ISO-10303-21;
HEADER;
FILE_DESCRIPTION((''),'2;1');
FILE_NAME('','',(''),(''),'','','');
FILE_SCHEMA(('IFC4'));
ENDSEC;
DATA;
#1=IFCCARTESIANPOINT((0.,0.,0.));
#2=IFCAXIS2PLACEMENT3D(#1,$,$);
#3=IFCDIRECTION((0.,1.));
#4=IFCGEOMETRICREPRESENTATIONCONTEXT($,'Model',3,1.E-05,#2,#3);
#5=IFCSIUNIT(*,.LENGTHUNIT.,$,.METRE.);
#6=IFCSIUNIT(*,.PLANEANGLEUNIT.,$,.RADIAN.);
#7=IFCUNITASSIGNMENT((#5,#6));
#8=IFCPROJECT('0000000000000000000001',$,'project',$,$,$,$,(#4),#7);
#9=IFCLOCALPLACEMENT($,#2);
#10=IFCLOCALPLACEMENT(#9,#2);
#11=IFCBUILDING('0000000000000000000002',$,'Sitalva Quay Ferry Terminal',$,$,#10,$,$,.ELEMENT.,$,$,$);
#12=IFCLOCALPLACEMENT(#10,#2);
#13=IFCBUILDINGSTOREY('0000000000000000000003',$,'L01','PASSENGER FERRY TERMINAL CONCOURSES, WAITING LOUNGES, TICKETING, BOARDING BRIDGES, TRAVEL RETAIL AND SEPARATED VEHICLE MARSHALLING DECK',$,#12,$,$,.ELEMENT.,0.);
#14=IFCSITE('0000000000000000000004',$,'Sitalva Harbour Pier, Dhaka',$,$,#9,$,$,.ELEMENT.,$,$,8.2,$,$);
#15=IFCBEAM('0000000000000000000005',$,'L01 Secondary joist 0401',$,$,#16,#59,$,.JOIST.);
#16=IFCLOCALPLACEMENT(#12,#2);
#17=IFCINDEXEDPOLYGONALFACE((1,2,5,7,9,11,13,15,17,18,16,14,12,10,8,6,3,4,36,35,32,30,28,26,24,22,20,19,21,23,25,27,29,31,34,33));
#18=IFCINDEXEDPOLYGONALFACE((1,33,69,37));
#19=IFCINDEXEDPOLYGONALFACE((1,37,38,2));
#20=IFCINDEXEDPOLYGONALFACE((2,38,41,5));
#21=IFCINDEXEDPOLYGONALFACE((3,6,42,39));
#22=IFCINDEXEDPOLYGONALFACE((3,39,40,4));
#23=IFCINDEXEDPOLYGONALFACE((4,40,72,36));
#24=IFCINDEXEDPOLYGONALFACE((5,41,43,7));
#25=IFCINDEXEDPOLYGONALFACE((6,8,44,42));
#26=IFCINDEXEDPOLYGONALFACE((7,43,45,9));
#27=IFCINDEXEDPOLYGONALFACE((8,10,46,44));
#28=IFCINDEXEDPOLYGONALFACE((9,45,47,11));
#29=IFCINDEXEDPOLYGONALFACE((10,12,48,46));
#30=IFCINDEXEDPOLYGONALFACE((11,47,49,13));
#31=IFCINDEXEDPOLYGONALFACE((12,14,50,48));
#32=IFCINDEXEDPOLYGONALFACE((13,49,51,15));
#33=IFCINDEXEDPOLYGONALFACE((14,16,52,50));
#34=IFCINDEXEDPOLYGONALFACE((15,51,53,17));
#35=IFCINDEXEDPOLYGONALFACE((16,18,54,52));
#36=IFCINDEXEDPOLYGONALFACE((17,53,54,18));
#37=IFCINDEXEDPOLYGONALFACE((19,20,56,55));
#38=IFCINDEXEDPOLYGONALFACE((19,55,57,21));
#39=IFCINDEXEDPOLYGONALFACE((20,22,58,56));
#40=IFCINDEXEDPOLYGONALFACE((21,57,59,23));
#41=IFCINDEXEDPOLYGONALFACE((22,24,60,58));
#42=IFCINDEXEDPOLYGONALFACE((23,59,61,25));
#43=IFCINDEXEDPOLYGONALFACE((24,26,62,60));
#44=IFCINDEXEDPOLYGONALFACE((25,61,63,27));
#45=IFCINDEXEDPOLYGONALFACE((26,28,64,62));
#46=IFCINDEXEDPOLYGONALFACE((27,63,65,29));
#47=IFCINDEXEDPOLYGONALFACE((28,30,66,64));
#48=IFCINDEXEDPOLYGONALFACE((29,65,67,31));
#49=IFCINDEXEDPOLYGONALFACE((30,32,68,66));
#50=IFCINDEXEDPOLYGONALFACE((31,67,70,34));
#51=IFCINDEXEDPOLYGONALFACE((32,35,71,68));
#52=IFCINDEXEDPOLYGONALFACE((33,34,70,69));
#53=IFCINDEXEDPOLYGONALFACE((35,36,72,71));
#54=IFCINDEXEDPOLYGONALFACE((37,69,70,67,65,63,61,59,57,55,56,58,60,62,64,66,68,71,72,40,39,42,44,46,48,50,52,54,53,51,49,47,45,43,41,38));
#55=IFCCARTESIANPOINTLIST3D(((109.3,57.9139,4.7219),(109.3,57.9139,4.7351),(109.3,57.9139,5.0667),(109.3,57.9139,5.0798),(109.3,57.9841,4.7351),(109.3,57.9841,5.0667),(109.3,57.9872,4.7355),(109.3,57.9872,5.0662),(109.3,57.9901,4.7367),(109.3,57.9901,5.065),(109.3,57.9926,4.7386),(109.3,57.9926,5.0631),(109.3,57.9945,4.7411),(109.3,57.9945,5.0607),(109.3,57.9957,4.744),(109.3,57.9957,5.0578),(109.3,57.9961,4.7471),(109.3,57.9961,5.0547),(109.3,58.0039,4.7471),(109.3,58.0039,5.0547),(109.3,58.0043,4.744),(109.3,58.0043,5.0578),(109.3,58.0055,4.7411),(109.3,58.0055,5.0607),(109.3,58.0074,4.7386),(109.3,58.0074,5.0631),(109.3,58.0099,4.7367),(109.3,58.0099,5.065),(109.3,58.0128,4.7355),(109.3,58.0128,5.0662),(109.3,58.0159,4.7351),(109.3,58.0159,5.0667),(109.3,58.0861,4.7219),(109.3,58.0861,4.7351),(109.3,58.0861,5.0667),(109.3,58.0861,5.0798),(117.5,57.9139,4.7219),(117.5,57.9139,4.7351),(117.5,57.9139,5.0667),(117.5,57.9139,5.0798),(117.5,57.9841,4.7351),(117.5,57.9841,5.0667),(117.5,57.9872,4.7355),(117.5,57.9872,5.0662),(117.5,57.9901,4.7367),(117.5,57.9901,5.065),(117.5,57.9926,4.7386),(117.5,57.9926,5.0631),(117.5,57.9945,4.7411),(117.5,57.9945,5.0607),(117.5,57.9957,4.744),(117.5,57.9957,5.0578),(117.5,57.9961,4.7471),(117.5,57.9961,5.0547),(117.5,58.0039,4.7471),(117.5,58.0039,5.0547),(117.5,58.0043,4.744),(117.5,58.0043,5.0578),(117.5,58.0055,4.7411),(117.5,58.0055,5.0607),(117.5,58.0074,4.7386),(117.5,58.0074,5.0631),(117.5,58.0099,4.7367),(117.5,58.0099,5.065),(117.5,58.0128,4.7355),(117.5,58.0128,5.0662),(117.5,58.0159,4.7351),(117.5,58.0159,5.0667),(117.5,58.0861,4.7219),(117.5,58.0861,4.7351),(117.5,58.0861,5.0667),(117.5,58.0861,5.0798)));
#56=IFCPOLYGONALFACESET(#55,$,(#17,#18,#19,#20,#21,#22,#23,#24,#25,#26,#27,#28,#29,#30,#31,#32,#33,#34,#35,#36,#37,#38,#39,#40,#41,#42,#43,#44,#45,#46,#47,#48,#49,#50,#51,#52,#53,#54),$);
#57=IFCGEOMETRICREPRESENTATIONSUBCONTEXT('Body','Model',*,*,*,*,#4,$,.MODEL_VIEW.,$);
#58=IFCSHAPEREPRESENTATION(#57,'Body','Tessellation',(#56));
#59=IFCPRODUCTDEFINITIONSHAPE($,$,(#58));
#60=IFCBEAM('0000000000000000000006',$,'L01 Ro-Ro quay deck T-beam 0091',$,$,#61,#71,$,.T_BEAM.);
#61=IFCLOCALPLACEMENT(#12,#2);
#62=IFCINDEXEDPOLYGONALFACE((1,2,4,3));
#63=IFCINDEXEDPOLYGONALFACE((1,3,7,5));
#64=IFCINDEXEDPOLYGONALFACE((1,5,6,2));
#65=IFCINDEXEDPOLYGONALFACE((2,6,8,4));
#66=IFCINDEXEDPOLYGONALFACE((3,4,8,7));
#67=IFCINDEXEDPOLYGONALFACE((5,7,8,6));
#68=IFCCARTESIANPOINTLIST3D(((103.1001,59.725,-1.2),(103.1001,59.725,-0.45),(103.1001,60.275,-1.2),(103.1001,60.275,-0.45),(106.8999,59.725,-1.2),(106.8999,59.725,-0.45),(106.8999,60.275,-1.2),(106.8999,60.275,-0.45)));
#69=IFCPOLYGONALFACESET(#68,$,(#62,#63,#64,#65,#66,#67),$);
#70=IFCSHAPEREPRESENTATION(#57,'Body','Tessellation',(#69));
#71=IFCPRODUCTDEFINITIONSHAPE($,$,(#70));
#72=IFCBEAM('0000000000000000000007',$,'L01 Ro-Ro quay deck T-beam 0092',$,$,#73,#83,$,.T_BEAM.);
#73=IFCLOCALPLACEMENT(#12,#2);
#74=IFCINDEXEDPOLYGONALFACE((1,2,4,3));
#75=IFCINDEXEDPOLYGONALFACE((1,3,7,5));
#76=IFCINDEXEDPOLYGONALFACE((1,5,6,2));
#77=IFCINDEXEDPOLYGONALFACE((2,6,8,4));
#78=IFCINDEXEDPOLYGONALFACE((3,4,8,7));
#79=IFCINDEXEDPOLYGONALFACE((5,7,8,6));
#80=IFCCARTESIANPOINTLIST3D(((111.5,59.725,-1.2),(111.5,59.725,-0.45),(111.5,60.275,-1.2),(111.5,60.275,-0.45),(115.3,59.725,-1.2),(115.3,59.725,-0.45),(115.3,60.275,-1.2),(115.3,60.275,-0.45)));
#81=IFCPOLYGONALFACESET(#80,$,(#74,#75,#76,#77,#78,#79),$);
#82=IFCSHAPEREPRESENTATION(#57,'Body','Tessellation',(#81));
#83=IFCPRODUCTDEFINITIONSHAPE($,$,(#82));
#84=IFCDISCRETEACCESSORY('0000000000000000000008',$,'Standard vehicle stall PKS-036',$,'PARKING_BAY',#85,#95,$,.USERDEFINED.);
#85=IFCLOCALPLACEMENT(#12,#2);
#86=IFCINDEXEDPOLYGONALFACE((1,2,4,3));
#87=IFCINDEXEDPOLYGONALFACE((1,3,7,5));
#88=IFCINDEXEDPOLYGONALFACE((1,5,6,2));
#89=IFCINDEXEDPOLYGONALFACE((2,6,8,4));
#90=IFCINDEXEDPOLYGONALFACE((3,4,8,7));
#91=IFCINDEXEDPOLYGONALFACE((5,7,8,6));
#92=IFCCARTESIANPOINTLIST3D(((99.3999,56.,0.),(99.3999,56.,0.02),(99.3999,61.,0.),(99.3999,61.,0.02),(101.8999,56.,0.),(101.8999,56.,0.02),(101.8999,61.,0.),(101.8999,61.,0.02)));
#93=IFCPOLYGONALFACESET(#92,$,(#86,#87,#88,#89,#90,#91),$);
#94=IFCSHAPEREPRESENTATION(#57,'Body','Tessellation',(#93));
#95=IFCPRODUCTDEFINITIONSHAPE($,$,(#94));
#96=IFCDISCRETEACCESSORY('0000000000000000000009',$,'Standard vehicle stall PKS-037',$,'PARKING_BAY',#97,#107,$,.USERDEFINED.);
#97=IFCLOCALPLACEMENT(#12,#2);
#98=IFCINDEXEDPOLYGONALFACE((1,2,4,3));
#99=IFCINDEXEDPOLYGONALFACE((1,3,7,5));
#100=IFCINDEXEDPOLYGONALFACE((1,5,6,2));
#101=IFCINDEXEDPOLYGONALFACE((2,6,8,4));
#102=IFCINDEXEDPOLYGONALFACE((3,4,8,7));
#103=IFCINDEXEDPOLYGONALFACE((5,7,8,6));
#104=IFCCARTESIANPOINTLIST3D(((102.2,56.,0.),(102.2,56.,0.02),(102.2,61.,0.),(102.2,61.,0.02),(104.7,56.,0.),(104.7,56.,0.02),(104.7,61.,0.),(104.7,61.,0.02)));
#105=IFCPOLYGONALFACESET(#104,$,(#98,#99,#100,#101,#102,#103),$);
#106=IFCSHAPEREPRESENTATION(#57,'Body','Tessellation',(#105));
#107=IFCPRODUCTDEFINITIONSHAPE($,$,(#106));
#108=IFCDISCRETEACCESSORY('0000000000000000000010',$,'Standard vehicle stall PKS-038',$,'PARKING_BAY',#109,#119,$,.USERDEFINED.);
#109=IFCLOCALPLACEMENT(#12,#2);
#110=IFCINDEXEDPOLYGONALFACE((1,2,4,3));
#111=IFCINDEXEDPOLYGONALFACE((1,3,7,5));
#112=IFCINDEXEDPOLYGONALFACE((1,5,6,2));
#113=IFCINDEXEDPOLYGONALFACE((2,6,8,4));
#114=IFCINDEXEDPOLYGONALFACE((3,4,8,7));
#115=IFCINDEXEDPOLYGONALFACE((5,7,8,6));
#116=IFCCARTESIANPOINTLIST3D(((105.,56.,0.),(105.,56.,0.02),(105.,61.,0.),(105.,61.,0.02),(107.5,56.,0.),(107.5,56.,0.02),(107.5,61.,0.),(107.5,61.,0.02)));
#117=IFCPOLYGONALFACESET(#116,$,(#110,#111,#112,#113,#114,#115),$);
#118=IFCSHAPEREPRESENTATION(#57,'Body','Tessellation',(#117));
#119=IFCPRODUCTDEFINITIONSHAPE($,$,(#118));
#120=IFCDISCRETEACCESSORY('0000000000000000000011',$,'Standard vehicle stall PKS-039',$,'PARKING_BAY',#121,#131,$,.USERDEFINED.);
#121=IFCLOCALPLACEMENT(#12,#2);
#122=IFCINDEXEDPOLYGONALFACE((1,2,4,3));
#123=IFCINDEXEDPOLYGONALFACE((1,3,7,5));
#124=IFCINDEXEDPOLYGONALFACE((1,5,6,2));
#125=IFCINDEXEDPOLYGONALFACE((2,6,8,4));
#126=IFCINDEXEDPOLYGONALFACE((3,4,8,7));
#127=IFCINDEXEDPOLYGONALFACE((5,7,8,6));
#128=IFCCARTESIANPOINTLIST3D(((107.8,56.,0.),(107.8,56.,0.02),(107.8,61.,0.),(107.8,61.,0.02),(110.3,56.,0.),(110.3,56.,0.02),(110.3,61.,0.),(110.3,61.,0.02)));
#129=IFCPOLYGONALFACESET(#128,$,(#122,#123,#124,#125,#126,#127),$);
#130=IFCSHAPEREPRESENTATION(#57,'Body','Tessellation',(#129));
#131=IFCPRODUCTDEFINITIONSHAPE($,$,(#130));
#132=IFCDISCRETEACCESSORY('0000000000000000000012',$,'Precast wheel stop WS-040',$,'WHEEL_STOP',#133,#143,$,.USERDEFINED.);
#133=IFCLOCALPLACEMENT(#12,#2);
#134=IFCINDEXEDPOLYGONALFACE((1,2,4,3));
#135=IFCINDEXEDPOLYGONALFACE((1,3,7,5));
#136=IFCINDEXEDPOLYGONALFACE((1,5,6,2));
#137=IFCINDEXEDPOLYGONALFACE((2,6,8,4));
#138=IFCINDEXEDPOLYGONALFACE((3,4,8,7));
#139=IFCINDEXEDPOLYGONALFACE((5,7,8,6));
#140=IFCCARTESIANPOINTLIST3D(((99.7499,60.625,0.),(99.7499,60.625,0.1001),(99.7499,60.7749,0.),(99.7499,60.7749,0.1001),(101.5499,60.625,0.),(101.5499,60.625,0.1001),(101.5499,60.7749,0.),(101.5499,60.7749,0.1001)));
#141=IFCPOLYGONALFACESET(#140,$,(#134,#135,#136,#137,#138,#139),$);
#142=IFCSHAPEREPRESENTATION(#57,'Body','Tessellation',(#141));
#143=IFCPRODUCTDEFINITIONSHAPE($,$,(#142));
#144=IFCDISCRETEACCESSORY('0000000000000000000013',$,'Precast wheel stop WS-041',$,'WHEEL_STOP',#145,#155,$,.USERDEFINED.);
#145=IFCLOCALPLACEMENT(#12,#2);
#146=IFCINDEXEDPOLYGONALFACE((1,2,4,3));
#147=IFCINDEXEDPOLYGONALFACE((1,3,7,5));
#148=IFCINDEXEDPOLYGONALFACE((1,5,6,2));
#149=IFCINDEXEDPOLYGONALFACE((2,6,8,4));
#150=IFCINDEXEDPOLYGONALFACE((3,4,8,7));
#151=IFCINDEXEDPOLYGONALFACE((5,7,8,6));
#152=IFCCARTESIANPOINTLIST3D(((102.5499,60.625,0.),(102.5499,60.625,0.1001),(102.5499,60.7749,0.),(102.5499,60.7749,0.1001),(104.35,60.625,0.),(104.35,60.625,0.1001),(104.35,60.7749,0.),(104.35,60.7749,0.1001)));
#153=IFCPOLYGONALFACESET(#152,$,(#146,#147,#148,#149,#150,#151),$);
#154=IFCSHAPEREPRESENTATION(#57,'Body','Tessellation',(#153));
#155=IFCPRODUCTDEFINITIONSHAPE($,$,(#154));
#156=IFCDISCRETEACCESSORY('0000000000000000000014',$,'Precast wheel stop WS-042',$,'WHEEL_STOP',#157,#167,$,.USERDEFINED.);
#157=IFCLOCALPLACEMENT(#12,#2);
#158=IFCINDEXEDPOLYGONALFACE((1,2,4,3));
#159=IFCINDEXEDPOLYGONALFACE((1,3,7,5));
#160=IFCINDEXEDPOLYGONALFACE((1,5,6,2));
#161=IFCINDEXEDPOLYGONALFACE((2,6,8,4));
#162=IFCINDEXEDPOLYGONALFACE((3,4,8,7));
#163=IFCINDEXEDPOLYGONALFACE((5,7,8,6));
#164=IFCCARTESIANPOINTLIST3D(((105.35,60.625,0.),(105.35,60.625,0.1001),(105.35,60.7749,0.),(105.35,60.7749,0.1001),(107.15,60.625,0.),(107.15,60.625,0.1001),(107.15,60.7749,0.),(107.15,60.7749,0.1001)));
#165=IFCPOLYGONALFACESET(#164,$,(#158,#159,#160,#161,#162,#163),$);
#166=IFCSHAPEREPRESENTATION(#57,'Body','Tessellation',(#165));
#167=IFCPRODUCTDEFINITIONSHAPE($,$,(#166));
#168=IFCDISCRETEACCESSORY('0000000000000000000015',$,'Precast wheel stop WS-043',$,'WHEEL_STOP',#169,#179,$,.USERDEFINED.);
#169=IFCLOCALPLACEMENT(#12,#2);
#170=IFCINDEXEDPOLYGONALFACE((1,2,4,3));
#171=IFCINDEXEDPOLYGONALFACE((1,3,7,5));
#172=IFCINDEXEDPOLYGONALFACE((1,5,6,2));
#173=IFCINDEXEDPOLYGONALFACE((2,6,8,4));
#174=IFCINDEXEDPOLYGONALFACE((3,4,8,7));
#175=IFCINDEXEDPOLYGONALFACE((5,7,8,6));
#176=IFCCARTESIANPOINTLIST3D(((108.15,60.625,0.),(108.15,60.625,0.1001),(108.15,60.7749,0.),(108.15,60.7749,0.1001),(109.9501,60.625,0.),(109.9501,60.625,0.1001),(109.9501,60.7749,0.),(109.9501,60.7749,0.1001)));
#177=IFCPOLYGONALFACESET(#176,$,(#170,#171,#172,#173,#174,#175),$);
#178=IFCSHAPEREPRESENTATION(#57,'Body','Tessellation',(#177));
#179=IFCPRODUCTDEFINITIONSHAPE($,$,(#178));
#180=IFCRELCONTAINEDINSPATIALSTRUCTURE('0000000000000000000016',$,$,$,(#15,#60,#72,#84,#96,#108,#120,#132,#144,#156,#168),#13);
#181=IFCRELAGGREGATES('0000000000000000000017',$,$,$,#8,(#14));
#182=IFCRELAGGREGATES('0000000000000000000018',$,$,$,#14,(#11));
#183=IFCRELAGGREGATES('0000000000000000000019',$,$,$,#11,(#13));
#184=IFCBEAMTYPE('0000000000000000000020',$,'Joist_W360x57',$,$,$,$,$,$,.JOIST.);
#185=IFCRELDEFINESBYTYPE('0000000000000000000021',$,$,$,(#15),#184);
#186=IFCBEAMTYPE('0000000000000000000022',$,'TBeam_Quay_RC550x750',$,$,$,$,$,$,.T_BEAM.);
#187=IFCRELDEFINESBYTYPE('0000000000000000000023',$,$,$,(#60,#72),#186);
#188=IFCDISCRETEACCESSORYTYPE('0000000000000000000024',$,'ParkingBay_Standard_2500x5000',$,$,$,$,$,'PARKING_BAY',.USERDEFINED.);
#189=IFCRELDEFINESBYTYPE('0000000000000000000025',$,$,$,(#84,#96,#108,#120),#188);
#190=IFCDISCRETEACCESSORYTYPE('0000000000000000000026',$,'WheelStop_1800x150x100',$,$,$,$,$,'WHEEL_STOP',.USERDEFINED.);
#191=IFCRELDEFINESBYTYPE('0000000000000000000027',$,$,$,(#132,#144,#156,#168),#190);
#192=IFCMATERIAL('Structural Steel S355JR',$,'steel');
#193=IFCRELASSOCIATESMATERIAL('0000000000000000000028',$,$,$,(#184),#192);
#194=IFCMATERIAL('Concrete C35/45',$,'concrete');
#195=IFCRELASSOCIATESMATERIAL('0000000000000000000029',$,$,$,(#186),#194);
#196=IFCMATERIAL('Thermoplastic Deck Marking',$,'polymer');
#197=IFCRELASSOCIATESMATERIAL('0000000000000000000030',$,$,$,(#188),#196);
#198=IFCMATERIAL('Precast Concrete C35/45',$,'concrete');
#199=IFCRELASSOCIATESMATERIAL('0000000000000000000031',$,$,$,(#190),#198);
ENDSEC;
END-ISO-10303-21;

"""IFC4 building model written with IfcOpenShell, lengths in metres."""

from ifc_helpers import new_model, si_unit, direction, frame, origin, origin_2d, place, context, subcontext, project, spatial, rectangle, i_section, extrude, material, material_profile, profile_set, type_object, element, save


model = new_model("IFC4")

# Units and contexts
model_context = context("Model", 3, precision=1e-05, world=origin(), true_north=direction((0.0, 1.0)))
body_context = subcontext(model_context, "Body", "Model", "MODEL_VIEW")
ifc_project = project(units=[si_unit("LENGTHUNIT", "METRE"), si_unit("PLANEANGLEUNIT", "RADIAN")], contexts=[model_context])

# Site, building, storey
site_placement = place(None, origin())
site = spatial("IfcSite", under=ifc_project, at=site_placement, Name="Sitalva Harbour Pier, Dhaka", CompositionType="ELEMENT", RefElevation=8.2)
building_placement = place(site_placement, origin())
building = spatial("IfcBuilding", under=site, at=building_placement, Name="Sitalva Quay Ferry Terminal", CompositionType="ELEMENT")
storey_placement = place(building_placement, origin())
storey = spatial("IfcBuildingStorey", under=building, at=storey_placement, Name="L01", Description="PASSENGER FERRY TERMINAL CONCOURSES, WAITING LOUNGES, TICKETING, BOARDING BRIDGES, TRAVEL RETAIL AND SEPARATED VEHICLE MARSHALLING DECK", CompositionType="ELEMENT", Elevation=0.0)

# Beams
ifc_material_1 = material(Name="Structural Steel S355JR", Category="steel")
ifc_material_profile_1 = material_profile(ifc_material_1, i_section(OverallWidth=0.1721, OverallDepth=0.3579, WebThickness=0.0078, FlangeThickness=0.0132, FilletRadius=0.012, at=origin_2d()), Name="W360x57")
ifc_profile_set_1 = profile_set([ifc_material_profile_1], Name="Structural Steel S355JR")
beam_type_1 = type_object("IfcBeamType", Name="Joist_W360x57", PredefinedType="JOIST", material=ifc_profile_set_1)
beam_1_placement = place(storey_placement, frame((109.3, 58.0, 4.9009), z_axis=(1.0, 0.0, 0.0), x_axis=(0.0, 1.0, 0.0)))
element("IfcBeam", 1, at=beam_1_placement, inside=storey, type_object=beam_type_1, Name="L01 Secondary joist 0401", PredefinedType="JOIST", context=body_context, shape_type="SweptSolid", body=[
    extrude(i_section(OverallWidth=0.1721, OverallDepth=0.3579, WebThickness=0.0078, FlangeThickness=0.0132, FilletRadius=0.012, at=origin_2d()), origin(), (0.0, 0.0, 1.0), 8.2),
])
ifc_material_2 = material(Name="Concrete C35/45", Category="concrete")
ifc_material_profile_2 = material_profile(ifc_material_2, rectangle(XDim=0.55, YDim=0.75, at=origin_2d()), Name="RC550x750")
ifc_profile_set_2 = profile_set([ifc_material_profile_2], Name="Concrete C35/45")
beam_type_2 = type_object("IfcBeamType", Name="TBeam_Quay_RC550x750", PredefinedType="T_BEAM", material=ifc_profile_set_2)
beam_2_placement = place(storey_placement, frame((103.1001, 60.0, -0.825), z_axis=(1.0, 0.0, 0.0), x_axis=(0.0, 1.0, 0.0)))
element("IfcBeam", 2, at=beam_2_placement, inside=storey, type_object=beam_type_2, Name="L01 Ro-Ro quay deck T-beam 0091", PredefinedType="T_BEAM", context=body_context, shape_type="SweptSolid", body=[
    extrude(rectangle(XDim=0.55, YDim=0.75, at=origin_2d()), origin(), (0.0, 0.0, 1.0), 3.7998),
])
beam_3_placement = place(storey_placement, frame((111.5, 60.0, -0.825), z_axis=(1.0, 0.0, 0.0), x_axis=(0.0, 1.0, 0.0)))
element("IfcBeam", 3, at=beam_3_placement, inside=storey, type_object=beam_type_2, Name="L01 Ro-Ro quay deck T-beam 0092", PredefinedType="T_BEAM", context=body_context, shape_type="SweptSolid", body=[
    extrude(rectangle(XDim=0.55, YDim=0.75, at=origin_2d()), origin(), (0.0, 0.0, 1.0), 3.8),
])

# Discrete accessories
ifc_material_3 = material(Name="Thermoplastic Deck Marking", Category="polymer")
discrete_accessory_type_1 = type_object("IfcDiscreteAccessoryType", Name="ParkingBay_Standard_2500x5000", ElementType="PARKING_BAY", PredefinedType="USERDEFINED", material=ifc_material_3)
for number, where, z_axis, x_axis, name in (
    (4, (100.6499, 58.5, 0.0), (0.0, 0.0, 1.0), (1.0, 0.0, 0.0), "Standard vehicle stall PKS-036"),
    (5, (103.45, 58.5, 0.0), (0.0, 0.0, 1.0), (1.0, 0.0, 0.0), "Standard vehicle stall PKS-037"),
    (6, (106.25, 58.5, 0.0), (0.0, 0.0, 1.0), (1.0, 0.0, 0.0), "Standard vehicle stall PKS-038"),
    (7, (109.05, 58.5, 0.0), (0.0, 0.0, 1.0), (1.0, 0.0, 0.0), "Standard vehicle stall PKS-039"),
):
    element("IfcDiscreteAccessory", number, at=place(storey_placement, frame(where, z_axis=z_axis, x_axis=x_axis)), inside=storey, type_object=discrete_accessory_type_1, Name=name, ObjectType="PARKING_BAY", PredefinedType="USERDEFINED", context=body_context, shape_type="SweptSolid", body=[
        extrude(rectangle(XDim=2.5, YDim=5.0, at=origin_2d()), origin(), (0.0, 0.0, 1.0), 0.02),
    ])
ifc_material_4 = material(Name="Precast Concrete C35/45", Category="concrete")
discrete_accessory_type_2 = type_object("IfcDiscreteAccessoryType", Name="WheelStop_1800x150x100", ElementType="WHEEL_STOP", PredefinedType="USERDEFINED", material=ifc_material_4)
for number, where, z_axis, x_axis, name in (
    (8, (100.6499, 60.7, 0.0), (0.0, 0.0, 1.0), (1.0, 0.0, 0.0), "Precast wheel stop WS-040"),
    (9, (103.45, 60.7, 0.0), (0.0, 0.0, 1.0), (1.0, 0.0, 0.0), "Precast wheel stop WS-041"),
    (10, (106.25, 60.7, 0.0), (0.0, 0.0, 1.0), (1.0, 0.0, 0.0), "Precast wheel stop WS-042"),
    (11, (109.05, 60.7, 0.0), (0.0, 0.0, 1.0), (1.0, 0.0, 0.0), "Precast wheel stop WS-043"),
):
    element("IfcDiscreteAccessory", number, at=place(storey_placement, frame(where, z_axis=z_axis, x_axis=x_axis)), inside=storey, type_object=discrete_accessory_type_2, Name=name, ObjectType="WHEEL_STOP", PredefinedType="USERDEFINED", context=body_context, shape_type="SweptSolid", body=[
        extrude(rectangle(XDim=1.8, YDim=0.1499, at=origin_2d()), origin(), (0.0, 0.0, 1.0), 0.1001),
    ])

save(model, "model.ifc")
